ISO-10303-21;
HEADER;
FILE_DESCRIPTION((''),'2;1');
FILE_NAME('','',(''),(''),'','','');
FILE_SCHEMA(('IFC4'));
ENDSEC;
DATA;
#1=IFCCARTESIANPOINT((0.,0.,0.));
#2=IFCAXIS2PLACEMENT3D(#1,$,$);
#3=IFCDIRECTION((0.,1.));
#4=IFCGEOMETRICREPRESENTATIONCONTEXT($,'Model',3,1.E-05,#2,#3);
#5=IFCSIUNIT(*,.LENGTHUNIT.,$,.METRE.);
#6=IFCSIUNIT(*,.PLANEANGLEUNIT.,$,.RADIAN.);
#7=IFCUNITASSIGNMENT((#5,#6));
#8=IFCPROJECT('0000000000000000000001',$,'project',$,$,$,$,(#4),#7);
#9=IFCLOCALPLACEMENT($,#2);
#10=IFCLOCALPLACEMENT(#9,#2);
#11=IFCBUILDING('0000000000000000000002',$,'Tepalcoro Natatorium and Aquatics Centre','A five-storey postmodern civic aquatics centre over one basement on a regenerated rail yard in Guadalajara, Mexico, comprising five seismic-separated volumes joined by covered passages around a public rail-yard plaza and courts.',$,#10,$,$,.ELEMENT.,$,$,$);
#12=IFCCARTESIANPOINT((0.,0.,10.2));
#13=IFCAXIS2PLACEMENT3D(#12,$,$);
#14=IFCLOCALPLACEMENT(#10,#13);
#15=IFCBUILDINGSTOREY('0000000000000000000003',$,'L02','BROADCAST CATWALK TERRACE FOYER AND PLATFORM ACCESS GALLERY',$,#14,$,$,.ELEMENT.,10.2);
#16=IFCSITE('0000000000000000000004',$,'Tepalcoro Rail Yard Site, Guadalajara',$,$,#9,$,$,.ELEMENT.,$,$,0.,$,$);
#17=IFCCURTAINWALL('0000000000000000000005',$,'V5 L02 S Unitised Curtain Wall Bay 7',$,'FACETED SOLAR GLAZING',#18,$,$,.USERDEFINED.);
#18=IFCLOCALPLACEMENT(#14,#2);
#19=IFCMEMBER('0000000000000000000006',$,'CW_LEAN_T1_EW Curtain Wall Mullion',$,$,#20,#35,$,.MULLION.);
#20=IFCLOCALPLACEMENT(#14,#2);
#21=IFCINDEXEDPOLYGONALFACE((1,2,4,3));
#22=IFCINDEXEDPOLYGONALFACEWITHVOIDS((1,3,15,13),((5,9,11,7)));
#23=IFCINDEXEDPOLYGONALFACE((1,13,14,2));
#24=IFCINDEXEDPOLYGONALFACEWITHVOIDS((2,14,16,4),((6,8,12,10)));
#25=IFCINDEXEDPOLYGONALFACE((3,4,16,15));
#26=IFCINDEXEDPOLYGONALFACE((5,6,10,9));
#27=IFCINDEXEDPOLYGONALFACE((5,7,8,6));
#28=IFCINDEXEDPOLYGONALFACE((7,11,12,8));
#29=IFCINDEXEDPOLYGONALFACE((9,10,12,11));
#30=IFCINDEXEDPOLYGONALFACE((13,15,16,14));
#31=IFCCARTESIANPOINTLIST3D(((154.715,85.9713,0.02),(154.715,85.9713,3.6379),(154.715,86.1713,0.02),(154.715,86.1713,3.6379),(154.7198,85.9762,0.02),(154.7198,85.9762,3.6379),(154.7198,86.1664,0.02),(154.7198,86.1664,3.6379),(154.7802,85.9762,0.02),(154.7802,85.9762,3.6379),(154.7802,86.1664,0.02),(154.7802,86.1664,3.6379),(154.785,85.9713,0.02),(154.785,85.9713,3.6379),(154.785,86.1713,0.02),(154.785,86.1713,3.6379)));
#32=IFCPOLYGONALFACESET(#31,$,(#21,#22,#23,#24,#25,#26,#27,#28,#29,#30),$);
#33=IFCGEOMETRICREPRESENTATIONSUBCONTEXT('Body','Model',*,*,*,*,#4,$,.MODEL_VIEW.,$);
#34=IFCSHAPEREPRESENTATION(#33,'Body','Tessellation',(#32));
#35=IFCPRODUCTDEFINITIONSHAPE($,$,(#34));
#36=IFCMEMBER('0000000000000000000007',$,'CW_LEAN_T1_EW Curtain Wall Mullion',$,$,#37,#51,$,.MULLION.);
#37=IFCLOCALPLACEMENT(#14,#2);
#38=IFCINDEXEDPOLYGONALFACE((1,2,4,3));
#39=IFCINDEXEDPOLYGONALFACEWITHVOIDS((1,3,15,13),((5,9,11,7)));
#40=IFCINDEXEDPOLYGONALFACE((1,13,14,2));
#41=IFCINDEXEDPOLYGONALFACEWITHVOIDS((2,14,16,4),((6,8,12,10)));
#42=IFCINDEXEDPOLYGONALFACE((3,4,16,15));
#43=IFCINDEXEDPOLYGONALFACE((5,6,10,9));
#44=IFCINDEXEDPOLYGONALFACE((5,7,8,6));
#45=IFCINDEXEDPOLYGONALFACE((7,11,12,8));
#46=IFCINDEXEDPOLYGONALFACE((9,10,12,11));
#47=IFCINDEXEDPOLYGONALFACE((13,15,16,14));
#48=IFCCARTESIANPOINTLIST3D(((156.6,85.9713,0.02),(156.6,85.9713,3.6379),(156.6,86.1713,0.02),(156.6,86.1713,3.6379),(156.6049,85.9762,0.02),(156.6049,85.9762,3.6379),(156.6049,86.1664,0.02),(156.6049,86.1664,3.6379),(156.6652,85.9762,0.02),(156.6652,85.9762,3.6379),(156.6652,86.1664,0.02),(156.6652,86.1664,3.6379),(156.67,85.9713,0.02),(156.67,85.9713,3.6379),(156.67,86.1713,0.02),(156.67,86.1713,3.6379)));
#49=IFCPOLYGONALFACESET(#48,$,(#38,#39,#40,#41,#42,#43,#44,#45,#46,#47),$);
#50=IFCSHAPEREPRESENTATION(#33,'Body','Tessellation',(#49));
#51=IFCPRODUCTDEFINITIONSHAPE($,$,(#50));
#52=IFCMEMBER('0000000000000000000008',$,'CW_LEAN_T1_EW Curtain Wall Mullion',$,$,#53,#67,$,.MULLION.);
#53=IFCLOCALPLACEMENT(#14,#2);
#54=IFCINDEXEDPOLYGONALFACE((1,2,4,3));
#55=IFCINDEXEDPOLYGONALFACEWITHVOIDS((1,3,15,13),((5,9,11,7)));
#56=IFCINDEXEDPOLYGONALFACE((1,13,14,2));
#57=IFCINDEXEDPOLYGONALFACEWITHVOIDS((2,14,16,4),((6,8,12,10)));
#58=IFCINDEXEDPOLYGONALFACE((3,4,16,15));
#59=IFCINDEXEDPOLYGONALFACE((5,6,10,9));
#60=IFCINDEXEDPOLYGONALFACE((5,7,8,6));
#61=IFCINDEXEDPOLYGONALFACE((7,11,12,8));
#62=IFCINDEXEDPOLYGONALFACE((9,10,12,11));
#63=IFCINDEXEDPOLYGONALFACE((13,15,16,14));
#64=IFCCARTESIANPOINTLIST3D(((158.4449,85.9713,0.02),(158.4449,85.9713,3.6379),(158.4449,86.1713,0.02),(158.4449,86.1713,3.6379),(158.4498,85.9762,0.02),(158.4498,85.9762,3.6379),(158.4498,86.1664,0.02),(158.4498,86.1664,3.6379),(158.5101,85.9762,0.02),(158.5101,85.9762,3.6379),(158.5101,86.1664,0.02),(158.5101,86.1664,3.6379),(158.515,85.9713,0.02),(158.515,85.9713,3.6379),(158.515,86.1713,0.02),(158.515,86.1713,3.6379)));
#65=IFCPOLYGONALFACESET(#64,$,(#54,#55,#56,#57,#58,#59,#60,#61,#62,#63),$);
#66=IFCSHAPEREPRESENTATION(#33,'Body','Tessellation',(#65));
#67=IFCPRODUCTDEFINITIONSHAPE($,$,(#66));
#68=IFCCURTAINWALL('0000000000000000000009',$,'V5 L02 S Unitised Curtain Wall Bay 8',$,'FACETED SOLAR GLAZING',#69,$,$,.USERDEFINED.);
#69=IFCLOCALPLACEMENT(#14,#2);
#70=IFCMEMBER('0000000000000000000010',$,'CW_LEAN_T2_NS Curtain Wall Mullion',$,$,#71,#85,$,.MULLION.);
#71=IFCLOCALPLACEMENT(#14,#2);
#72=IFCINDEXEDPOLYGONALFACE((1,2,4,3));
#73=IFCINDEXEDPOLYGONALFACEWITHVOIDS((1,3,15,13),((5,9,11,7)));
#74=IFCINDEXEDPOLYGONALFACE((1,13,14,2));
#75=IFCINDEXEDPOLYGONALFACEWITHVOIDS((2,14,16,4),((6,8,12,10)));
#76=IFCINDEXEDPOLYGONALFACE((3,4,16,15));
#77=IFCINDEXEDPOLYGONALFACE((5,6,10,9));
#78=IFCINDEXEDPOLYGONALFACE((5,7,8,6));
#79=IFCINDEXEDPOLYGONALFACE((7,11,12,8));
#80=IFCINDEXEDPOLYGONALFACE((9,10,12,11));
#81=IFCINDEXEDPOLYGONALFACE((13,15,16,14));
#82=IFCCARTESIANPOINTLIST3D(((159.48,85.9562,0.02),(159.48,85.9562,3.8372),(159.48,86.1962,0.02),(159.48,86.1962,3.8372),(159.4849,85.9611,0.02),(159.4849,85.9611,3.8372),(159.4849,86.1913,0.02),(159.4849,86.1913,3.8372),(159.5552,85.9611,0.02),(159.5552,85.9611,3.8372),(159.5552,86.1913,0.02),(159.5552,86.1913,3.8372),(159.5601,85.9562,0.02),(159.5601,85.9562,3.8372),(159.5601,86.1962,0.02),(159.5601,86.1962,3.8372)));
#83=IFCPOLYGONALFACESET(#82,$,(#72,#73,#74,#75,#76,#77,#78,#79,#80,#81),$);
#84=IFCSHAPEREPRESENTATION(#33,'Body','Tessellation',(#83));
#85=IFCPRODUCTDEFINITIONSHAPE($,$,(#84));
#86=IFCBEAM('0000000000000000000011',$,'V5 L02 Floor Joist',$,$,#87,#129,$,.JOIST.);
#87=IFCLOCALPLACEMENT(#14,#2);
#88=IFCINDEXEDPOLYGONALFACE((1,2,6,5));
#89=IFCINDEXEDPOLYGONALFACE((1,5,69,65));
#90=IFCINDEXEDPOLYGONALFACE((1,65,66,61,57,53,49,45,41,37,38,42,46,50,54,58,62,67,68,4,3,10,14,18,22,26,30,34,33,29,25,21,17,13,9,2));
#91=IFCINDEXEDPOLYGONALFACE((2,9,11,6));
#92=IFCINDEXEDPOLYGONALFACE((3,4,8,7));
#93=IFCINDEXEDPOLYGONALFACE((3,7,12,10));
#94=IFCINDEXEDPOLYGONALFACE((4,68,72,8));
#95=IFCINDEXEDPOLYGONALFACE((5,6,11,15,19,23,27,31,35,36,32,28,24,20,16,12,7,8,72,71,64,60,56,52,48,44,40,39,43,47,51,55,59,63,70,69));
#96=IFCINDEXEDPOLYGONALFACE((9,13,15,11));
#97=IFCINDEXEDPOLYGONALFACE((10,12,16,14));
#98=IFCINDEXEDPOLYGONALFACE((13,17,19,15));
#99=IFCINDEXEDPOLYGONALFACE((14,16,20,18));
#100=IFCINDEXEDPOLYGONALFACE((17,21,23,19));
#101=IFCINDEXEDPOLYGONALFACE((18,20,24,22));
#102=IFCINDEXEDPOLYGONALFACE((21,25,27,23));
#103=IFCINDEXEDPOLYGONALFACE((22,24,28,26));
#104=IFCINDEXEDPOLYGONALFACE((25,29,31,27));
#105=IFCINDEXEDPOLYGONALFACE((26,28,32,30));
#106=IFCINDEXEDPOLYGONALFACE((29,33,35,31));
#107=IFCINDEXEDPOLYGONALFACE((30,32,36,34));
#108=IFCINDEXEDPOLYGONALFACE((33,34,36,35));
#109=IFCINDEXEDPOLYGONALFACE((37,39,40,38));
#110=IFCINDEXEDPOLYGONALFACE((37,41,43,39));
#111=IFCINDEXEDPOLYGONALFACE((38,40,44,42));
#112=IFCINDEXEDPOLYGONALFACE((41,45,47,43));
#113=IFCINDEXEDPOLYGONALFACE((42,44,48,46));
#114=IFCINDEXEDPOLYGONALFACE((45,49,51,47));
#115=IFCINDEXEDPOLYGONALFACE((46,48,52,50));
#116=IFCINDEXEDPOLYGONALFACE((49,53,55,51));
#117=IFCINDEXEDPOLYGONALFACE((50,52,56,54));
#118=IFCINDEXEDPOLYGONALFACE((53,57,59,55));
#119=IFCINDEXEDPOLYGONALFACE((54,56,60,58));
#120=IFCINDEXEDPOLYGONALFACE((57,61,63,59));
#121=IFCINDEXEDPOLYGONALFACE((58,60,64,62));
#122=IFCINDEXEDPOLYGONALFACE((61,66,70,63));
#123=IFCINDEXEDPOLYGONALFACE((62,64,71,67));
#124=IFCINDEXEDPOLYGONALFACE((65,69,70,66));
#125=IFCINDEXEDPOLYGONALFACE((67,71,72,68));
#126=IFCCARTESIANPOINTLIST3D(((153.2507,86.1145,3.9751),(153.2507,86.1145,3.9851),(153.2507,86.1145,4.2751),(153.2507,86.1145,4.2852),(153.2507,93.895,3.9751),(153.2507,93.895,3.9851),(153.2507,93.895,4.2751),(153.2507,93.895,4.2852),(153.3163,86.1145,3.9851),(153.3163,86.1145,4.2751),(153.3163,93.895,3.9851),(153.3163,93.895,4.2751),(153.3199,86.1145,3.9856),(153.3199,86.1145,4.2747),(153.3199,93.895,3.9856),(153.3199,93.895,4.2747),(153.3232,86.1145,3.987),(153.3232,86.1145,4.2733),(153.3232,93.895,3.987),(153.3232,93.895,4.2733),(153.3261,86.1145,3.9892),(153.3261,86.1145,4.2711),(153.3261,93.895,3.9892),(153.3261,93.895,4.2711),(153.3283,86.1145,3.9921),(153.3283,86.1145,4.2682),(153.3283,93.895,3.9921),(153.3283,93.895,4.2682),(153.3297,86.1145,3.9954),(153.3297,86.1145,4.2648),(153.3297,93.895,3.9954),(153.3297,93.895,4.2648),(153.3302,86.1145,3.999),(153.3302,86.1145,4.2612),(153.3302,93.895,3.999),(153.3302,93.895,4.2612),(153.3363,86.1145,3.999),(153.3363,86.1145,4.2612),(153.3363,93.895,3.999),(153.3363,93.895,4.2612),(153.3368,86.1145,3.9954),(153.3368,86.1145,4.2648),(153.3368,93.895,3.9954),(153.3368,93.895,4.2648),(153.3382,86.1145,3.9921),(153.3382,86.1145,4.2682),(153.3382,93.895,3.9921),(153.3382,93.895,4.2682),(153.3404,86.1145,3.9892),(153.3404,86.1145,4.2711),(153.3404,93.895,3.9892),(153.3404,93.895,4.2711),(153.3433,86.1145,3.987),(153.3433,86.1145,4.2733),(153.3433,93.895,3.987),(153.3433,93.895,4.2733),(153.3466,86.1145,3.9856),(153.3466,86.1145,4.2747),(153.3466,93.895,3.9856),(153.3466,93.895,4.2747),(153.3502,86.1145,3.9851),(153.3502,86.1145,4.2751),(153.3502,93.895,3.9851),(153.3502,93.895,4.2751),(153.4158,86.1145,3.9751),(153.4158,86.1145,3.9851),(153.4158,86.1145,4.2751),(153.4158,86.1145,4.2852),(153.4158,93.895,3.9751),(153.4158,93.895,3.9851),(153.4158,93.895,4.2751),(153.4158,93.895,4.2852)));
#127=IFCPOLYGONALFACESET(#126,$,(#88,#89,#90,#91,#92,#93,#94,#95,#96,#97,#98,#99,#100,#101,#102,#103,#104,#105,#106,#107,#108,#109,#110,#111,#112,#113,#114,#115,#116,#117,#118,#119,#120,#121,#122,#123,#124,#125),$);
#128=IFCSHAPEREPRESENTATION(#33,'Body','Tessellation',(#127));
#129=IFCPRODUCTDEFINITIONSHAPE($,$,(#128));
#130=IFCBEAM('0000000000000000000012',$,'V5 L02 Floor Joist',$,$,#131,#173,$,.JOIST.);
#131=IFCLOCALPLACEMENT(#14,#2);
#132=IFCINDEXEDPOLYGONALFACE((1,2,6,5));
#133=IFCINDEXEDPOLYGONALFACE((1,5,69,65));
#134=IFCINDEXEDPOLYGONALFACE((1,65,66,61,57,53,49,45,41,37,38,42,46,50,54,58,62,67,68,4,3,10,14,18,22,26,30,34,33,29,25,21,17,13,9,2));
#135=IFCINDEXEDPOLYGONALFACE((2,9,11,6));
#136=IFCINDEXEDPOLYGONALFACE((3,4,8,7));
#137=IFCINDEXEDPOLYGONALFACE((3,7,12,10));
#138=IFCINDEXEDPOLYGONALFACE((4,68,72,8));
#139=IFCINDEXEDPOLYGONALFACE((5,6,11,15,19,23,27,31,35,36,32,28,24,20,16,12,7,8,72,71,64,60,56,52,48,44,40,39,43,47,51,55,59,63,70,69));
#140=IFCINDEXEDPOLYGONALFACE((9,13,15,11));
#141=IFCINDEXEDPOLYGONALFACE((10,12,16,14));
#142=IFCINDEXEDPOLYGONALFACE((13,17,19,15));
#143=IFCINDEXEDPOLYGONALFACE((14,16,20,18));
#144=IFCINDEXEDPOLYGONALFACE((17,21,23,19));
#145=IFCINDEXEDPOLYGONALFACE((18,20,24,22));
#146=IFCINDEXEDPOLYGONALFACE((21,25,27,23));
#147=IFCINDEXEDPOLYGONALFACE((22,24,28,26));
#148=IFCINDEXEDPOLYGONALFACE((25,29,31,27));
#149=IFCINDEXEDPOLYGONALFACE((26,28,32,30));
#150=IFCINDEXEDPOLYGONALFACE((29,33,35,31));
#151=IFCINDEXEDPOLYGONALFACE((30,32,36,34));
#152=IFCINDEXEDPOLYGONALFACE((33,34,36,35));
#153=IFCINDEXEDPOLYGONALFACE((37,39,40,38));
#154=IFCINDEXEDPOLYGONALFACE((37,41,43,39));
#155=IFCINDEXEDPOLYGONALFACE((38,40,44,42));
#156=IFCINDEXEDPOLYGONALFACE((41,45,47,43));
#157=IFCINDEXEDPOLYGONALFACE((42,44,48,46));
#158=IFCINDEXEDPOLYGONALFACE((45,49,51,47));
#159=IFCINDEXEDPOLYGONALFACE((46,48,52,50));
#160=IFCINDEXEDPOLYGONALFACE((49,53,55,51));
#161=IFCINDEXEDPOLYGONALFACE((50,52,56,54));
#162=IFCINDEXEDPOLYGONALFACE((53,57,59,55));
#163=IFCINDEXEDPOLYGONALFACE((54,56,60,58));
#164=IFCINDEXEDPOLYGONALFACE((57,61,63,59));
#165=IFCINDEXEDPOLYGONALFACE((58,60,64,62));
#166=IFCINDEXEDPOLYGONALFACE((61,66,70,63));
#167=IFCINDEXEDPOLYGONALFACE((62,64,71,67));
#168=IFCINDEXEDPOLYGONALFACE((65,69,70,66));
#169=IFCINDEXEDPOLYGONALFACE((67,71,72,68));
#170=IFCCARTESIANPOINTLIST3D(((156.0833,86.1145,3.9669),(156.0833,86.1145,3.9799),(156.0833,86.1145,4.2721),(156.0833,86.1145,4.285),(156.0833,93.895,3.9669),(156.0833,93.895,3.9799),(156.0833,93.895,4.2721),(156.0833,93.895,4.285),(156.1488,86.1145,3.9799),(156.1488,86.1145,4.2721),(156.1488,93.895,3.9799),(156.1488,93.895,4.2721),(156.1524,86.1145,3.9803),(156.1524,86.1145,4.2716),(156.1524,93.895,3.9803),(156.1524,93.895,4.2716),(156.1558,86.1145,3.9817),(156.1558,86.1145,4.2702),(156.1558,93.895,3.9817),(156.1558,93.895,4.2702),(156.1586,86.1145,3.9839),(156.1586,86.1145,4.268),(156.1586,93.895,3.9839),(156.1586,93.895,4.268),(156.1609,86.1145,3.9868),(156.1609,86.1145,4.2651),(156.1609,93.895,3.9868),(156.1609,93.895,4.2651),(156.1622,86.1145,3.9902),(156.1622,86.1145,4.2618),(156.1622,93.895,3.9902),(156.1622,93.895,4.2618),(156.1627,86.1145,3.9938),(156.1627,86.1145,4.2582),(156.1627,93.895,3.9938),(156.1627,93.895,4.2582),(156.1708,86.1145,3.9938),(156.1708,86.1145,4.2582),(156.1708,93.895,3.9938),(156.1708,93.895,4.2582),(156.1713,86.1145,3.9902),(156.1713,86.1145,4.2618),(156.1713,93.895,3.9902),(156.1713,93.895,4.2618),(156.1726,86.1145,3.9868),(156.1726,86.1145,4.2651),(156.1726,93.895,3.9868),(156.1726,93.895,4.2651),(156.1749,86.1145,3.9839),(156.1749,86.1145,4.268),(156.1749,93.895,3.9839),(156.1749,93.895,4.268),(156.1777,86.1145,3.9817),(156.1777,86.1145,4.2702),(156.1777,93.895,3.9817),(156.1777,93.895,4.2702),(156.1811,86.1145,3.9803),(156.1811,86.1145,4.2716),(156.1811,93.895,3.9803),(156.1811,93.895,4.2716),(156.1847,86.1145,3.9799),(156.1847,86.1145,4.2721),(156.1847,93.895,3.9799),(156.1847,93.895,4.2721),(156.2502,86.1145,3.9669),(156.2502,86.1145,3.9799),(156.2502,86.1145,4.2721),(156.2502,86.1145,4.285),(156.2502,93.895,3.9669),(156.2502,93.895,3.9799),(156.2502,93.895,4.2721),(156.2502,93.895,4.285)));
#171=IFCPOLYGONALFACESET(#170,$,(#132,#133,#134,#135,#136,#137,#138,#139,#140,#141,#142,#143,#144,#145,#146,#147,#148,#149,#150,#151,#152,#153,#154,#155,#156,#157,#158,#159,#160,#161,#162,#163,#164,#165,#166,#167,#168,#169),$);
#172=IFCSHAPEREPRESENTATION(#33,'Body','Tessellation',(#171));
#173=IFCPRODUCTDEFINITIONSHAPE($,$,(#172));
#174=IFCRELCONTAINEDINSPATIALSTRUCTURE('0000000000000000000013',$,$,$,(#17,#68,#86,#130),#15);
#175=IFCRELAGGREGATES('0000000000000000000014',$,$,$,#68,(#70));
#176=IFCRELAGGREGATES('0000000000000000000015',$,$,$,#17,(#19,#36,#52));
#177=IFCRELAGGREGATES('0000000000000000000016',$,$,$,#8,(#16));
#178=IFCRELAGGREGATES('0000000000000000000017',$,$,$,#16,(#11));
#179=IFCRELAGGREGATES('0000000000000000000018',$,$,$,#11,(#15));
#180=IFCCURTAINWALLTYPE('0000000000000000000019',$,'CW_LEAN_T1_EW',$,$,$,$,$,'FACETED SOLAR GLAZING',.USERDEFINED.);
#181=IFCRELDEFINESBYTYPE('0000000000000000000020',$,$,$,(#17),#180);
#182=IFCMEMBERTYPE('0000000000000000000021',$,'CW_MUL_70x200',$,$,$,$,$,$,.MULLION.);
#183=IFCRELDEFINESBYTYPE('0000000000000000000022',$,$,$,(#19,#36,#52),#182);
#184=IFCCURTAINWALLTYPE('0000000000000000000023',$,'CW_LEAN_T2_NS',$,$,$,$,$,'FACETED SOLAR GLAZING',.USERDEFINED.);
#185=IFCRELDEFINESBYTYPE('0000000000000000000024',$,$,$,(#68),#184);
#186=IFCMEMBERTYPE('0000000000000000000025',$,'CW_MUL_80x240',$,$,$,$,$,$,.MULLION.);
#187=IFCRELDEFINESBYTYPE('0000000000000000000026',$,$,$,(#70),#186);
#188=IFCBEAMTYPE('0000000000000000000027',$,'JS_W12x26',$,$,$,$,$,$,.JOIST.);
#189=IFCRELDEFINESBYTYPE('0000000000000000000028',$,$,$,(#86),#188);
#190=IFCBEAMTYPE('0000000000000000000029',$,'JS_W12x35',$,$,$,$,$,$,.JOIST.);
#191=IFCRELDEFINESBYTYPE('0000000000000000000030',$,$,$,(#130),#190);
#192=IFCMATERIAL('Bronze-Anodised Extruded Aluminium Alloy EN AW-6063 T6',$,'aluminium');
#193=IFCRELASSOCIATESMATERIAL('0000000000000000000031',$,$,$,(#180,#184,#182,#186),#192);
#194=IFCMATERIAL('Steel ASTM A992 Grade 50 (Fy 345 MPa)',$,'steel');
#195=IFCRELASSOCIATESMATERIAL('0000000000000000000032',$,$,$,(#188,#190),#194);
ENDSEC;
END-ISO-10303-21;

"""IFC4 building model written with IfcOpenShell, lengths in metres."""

from ifc_helpers import new_model, si_unit, direction, frame, origin, origin_2d, place, context, subcontext, project, spatial, hollow_rectangle, i_section, extrude, material, material_profile, profile_set, type_object, element, aggregate, save


model = new_model("IFC4")

# Units and contexts
model_context = context("Model", 3, precision=1e-05, world=origin(), true_north=direction((0.0, 1.0)))
body_context = subcontext(model_context, "Body", "Model", "MODEL_VIEW")
ifc_project = project(units=[si_unit("LENGTHUNIT", "METRE"), si_unit("PLANEANGLEUNIT", "RADIAN")], contexts=[model_context])

# Site, building, storey
site_placement = place(None, origin())
site = spatial("IfcSite", under=ifc_project, at=site_placement, Name="Tepalcoro Rail Yard Site, Guadalajara", CompositionType="ELEMENT", RefElevation=0.0)
building_placement = place(site_placement, origin())
building = spatial("IfcBuilding", under=site, at=building_placement, Name="Tepalcoro Natatorium and Aquatics Centre", Description="A five-storey postmodern civic aquatics centre over one basement on a regenerated rail yard in Guadalajara, Mexico, comprising five seismic-separated volumes joined by covered passages around a public rail-yard plaza and courts.", CompositionType="ELEMENT")
storey_placement = place(building_placement, frame((0.0, 0.0, 10.2)))
storey = spatial("IfcBuildingStorey", under=building, at=storey_placement, Name="L02", Description="BROADCAST CATWALK TERRACE FOYER AND PLATFORM ACCESS GALLERY", CompositionType="ELEMENT", Elevation=10.2)

# Shared definitions
ifc_material_1 = material(Name="Steel ASTM A992 Grade 50 (Fy 345 MPa)", Category="steel")

# Curtain wall, members
ifc_material_2 = material(Name="Bronze-Anodised Extruded Aluminium Alloy EN AW-6063 T6", Category="aluminium")
curtain_wall_type_1 = type_object("IfcCurtainWallType", Name="CW_LEAN_T1_EW", ElementType="FACETED SOLAR GLAZING", PredefinedType="USERDEFINED", material=ifc_material_2)
curtain_wall_1_placement = place(storey_placement, origin())
curtain_wall_1 = element("IfcCurtainWall", 1, at=curtain_wall_1_placement, inside=storey, type_object=curtain_wall_type_1, Name="V5 L02 S Unitised Curtain Wall Bay 7", ObjectType="FACETED SOLAR GLAZING", PredefinedType="USERDEFINED")
ifc_material_profile_1 = material_profile(ifc_material_2, hollow_rectangle(XDim=0.0701, YDim=0.2, WallThickness=0.0049, at=origin_2d()), Name="AL70X200X5")
ifc_profile_set_1 = profile_set([ifc_material_profile_1], Name="Bronze-Anodised Extruded Aluminium Alloy EN AW-6063 T6")
member_type_1 = type_object("IfcMemberType", Name="CW_MUL_70x200", PredefinedType="MULLION", material=ifc_profile_set_1)
member_1_placement = place(storey_placement, frame((154.75, 86.0713, 0.02), z_axis=(0.0, 0.0, 1.0), x_axis=(1.0, 0.0, 0.0)))
member_1 = element("IfcMember", 2, at=member_1_placement, type_object=member_type_1, Name="CW_LEAN_T1_EW Curtain Wall Mullion", PredefinedType="MULLION", context=body_context, shape_type="SweptSolid", body=[
    extrude(hollow_rectangle(XDim=0.0701, YDim=0.2, WallThickness=0.0049, at=origin_2d()), origin(), (0.0, 0.0, 1.0), 3.6179),
])
member_2_placement = place(storey_placement, frame((156.635, 86.0713, 0.02), z_axis=(0.0, 0.0, 1.0), x_axis=(1.0, 0.0, 0.0)))
member_2 = element("IfcMember", 3, at=member_2_placement, type_object=member_type_1, Name="CW_LEAN_T1_EW Curtain Wall Mullion", PredefinedType="MULLION", context=body_context, shape_type="SweptSolid", body=[
    extrude(hollow_rectangle(XDim=0.0701, YDim=0.2, WallThickness=0.0049, at=origin_2d()), origin(), (0.0, 0.0, 1.0), 3.6179),
])
member_3_placement = place(storey_placement, frame((158.48, 86.0713, 0.02), z_axis=(0.0, 0.0, 1.0), x_axis=(1.0, 0.0, 0.0)))
member_3 = element("IfcMember", 4, at=member_3_placement, type_object=member_type_1, Name="CW_LEAN_T1_EW Curtain Wall Mullion", PredefinedType="MULLION", context=body_context, shape_type="SweptSolid", body=[
    extrude(hollow_rectangle(XDim=0.0701, YDim=0.2, WallThickness=0.0049, at=origin_2d()), origin(), (0.0, 0.0, 1.0), 3.6179),
])

# Curtain wall, member
curtain_wall_type_2 = type_object("IfcCurtainWallType", Name="CW_LEAN_T2_NS", ElementType="FACETED SOLAR GLAZING", PredefinedType="USERDEFINED", material=ifc_material_2)
curtain_wall_2_placement = place(storey_placement, origin())
curtain_wall_2 = element("IfcCurtainWall", 5, at=curtain_wall_2_placement, inside=storey, type_object=curtain_wall_type_2, Name="V5 L02 S Unitised Curtain Wall Bay 8", ObjectType="FACETED SOLAR GLAZING", PredefinedType="USERDEFINED")
ifc_material_profile_2 = material_profile(ifc_material_2, hollow_rectangle(XDim=0.0801, YDim=0.24, WallThickness=0.0049, at=origin_2d()), Name="AL80X240X5")
ifc_profile_set_2 = profile_set([ifc_material_profile_2], Name="Bronze-Anodised Extruded Aluminium Alloy EN AW-6063 T6")
member_type_2 = type_object("IfcMemberType", Name="CW_MUL_80x240", PredefinedType="MULLION", material=ifc_profile_set_2)
member_4_placement = place(storey_placement, frame((159.52, 86.0762, 0.02), z_axis=(0.0, 0.0, 1.0), x_axis=(1.0, 0.0, 0.0)))
member_4 = element("IfcMember", 6, at=member_4_placement, type_object=member_type_2, Name="CW_LEAN_T2_NS Curtain Wall Mullion", PredefinedType="MULLION", context=body_context, shape_type="SweptSolid", body=[
    extrude(hollow_rectangle(XDim=0.0801, YDim=0.24, WallThickness=0.0049, at=origin_2d()), origin(), (0.0, 0.0, 1.0), 3.8171),
])
aggregate(curtain_wall_2, [member_4])

# Beams
ifc_material_profile_3 = material_profile(ifc_material_1, i_section(OverallWidth=0.165, OverallDepth=0.3101, WebThickness=0.0061, FlangeThickness=0.01, FilletRadius=0.0139, at=origin_2d()), Name="W12X26")
ifc_profile_set_3 = profile_set([ifc_material_profile_3], Name="Steel ASTM A992 Grade 50 (Fy 345 MPa)")
beam_type_1 = type_object("IfcBeamType", Name="JS_W12x26", PredefinedType="JOIST", material=ifc_profile_set_3)
beam_1_placement = place(storey_placement, frame((153.3333, 86.1145, 4.1301), z_axis=(0.0, 1.0, 0.0), x_axis=(-1.0, 0.0, 0.0)))
element("IfcBeam", 7, at=beam_1_placement, inside=storey, type_object=beam_type_1, Name="V5 L02 Floor Joist", PredefinedType="JOIST", context=body_context, shape_type="SweptSolid", body=[
    extrude(i_section(OverallWidth=0.165, OverallDepth=0.3101, WebThickness=0.0061, FlangeThickness=0.01, FilletRadius=0.0139, at=origin_2d()), origin(), (0.0, 0.0, 1.0), 7.7805),
])
ifc_material_profile_4 = material_profile(ifc_material_1, i_section(OverallWidth=0.167, OverallDepth=0.3181, WebThickness=0.0081, FlangeThickness=0.0129, FilletRadius=0.0139, at=origin_2d()), Name="W12X35")
ifc_profile_set_4 = profile_set([ifc_material_profile_4], Name="Steel ASTM A992 Grade 50 (Fy 345 MPa)")
beam_type_2 = type_object("IfcBeamType", Name="JS_W12x35", PredefinedType="JOIST", material=ifc_profile_set_4)
beam_2_placement = place(storey_placement, frame((156.1667, 86.1145, 4.126), z_axis=(0.0, 1.0, 0.0), x_axis=(-1.0, 0.0, 0.0)))
element("IfcBeam", 8, at=beam_2_placement, inside=storey, type_object=beam_type_2, Name="V5 L02 Floor Joist", PredefinedType="JOIST", context=body_context, shape_type="SweptSolid", body=[
    extrude(i_section(OverallWidth=0.167, OverallDepth=0.3181, WebThickness=0.0081, FlangeThickness=0.0129, FilletRadius=0.0139, at=origin_2d()), origin(), (0.0, 0.0, 1.0), 7.7805),
])

aggregate(curtain_wall_1, [member_1, member_2, member_3])

save(model, "model.ifc")
